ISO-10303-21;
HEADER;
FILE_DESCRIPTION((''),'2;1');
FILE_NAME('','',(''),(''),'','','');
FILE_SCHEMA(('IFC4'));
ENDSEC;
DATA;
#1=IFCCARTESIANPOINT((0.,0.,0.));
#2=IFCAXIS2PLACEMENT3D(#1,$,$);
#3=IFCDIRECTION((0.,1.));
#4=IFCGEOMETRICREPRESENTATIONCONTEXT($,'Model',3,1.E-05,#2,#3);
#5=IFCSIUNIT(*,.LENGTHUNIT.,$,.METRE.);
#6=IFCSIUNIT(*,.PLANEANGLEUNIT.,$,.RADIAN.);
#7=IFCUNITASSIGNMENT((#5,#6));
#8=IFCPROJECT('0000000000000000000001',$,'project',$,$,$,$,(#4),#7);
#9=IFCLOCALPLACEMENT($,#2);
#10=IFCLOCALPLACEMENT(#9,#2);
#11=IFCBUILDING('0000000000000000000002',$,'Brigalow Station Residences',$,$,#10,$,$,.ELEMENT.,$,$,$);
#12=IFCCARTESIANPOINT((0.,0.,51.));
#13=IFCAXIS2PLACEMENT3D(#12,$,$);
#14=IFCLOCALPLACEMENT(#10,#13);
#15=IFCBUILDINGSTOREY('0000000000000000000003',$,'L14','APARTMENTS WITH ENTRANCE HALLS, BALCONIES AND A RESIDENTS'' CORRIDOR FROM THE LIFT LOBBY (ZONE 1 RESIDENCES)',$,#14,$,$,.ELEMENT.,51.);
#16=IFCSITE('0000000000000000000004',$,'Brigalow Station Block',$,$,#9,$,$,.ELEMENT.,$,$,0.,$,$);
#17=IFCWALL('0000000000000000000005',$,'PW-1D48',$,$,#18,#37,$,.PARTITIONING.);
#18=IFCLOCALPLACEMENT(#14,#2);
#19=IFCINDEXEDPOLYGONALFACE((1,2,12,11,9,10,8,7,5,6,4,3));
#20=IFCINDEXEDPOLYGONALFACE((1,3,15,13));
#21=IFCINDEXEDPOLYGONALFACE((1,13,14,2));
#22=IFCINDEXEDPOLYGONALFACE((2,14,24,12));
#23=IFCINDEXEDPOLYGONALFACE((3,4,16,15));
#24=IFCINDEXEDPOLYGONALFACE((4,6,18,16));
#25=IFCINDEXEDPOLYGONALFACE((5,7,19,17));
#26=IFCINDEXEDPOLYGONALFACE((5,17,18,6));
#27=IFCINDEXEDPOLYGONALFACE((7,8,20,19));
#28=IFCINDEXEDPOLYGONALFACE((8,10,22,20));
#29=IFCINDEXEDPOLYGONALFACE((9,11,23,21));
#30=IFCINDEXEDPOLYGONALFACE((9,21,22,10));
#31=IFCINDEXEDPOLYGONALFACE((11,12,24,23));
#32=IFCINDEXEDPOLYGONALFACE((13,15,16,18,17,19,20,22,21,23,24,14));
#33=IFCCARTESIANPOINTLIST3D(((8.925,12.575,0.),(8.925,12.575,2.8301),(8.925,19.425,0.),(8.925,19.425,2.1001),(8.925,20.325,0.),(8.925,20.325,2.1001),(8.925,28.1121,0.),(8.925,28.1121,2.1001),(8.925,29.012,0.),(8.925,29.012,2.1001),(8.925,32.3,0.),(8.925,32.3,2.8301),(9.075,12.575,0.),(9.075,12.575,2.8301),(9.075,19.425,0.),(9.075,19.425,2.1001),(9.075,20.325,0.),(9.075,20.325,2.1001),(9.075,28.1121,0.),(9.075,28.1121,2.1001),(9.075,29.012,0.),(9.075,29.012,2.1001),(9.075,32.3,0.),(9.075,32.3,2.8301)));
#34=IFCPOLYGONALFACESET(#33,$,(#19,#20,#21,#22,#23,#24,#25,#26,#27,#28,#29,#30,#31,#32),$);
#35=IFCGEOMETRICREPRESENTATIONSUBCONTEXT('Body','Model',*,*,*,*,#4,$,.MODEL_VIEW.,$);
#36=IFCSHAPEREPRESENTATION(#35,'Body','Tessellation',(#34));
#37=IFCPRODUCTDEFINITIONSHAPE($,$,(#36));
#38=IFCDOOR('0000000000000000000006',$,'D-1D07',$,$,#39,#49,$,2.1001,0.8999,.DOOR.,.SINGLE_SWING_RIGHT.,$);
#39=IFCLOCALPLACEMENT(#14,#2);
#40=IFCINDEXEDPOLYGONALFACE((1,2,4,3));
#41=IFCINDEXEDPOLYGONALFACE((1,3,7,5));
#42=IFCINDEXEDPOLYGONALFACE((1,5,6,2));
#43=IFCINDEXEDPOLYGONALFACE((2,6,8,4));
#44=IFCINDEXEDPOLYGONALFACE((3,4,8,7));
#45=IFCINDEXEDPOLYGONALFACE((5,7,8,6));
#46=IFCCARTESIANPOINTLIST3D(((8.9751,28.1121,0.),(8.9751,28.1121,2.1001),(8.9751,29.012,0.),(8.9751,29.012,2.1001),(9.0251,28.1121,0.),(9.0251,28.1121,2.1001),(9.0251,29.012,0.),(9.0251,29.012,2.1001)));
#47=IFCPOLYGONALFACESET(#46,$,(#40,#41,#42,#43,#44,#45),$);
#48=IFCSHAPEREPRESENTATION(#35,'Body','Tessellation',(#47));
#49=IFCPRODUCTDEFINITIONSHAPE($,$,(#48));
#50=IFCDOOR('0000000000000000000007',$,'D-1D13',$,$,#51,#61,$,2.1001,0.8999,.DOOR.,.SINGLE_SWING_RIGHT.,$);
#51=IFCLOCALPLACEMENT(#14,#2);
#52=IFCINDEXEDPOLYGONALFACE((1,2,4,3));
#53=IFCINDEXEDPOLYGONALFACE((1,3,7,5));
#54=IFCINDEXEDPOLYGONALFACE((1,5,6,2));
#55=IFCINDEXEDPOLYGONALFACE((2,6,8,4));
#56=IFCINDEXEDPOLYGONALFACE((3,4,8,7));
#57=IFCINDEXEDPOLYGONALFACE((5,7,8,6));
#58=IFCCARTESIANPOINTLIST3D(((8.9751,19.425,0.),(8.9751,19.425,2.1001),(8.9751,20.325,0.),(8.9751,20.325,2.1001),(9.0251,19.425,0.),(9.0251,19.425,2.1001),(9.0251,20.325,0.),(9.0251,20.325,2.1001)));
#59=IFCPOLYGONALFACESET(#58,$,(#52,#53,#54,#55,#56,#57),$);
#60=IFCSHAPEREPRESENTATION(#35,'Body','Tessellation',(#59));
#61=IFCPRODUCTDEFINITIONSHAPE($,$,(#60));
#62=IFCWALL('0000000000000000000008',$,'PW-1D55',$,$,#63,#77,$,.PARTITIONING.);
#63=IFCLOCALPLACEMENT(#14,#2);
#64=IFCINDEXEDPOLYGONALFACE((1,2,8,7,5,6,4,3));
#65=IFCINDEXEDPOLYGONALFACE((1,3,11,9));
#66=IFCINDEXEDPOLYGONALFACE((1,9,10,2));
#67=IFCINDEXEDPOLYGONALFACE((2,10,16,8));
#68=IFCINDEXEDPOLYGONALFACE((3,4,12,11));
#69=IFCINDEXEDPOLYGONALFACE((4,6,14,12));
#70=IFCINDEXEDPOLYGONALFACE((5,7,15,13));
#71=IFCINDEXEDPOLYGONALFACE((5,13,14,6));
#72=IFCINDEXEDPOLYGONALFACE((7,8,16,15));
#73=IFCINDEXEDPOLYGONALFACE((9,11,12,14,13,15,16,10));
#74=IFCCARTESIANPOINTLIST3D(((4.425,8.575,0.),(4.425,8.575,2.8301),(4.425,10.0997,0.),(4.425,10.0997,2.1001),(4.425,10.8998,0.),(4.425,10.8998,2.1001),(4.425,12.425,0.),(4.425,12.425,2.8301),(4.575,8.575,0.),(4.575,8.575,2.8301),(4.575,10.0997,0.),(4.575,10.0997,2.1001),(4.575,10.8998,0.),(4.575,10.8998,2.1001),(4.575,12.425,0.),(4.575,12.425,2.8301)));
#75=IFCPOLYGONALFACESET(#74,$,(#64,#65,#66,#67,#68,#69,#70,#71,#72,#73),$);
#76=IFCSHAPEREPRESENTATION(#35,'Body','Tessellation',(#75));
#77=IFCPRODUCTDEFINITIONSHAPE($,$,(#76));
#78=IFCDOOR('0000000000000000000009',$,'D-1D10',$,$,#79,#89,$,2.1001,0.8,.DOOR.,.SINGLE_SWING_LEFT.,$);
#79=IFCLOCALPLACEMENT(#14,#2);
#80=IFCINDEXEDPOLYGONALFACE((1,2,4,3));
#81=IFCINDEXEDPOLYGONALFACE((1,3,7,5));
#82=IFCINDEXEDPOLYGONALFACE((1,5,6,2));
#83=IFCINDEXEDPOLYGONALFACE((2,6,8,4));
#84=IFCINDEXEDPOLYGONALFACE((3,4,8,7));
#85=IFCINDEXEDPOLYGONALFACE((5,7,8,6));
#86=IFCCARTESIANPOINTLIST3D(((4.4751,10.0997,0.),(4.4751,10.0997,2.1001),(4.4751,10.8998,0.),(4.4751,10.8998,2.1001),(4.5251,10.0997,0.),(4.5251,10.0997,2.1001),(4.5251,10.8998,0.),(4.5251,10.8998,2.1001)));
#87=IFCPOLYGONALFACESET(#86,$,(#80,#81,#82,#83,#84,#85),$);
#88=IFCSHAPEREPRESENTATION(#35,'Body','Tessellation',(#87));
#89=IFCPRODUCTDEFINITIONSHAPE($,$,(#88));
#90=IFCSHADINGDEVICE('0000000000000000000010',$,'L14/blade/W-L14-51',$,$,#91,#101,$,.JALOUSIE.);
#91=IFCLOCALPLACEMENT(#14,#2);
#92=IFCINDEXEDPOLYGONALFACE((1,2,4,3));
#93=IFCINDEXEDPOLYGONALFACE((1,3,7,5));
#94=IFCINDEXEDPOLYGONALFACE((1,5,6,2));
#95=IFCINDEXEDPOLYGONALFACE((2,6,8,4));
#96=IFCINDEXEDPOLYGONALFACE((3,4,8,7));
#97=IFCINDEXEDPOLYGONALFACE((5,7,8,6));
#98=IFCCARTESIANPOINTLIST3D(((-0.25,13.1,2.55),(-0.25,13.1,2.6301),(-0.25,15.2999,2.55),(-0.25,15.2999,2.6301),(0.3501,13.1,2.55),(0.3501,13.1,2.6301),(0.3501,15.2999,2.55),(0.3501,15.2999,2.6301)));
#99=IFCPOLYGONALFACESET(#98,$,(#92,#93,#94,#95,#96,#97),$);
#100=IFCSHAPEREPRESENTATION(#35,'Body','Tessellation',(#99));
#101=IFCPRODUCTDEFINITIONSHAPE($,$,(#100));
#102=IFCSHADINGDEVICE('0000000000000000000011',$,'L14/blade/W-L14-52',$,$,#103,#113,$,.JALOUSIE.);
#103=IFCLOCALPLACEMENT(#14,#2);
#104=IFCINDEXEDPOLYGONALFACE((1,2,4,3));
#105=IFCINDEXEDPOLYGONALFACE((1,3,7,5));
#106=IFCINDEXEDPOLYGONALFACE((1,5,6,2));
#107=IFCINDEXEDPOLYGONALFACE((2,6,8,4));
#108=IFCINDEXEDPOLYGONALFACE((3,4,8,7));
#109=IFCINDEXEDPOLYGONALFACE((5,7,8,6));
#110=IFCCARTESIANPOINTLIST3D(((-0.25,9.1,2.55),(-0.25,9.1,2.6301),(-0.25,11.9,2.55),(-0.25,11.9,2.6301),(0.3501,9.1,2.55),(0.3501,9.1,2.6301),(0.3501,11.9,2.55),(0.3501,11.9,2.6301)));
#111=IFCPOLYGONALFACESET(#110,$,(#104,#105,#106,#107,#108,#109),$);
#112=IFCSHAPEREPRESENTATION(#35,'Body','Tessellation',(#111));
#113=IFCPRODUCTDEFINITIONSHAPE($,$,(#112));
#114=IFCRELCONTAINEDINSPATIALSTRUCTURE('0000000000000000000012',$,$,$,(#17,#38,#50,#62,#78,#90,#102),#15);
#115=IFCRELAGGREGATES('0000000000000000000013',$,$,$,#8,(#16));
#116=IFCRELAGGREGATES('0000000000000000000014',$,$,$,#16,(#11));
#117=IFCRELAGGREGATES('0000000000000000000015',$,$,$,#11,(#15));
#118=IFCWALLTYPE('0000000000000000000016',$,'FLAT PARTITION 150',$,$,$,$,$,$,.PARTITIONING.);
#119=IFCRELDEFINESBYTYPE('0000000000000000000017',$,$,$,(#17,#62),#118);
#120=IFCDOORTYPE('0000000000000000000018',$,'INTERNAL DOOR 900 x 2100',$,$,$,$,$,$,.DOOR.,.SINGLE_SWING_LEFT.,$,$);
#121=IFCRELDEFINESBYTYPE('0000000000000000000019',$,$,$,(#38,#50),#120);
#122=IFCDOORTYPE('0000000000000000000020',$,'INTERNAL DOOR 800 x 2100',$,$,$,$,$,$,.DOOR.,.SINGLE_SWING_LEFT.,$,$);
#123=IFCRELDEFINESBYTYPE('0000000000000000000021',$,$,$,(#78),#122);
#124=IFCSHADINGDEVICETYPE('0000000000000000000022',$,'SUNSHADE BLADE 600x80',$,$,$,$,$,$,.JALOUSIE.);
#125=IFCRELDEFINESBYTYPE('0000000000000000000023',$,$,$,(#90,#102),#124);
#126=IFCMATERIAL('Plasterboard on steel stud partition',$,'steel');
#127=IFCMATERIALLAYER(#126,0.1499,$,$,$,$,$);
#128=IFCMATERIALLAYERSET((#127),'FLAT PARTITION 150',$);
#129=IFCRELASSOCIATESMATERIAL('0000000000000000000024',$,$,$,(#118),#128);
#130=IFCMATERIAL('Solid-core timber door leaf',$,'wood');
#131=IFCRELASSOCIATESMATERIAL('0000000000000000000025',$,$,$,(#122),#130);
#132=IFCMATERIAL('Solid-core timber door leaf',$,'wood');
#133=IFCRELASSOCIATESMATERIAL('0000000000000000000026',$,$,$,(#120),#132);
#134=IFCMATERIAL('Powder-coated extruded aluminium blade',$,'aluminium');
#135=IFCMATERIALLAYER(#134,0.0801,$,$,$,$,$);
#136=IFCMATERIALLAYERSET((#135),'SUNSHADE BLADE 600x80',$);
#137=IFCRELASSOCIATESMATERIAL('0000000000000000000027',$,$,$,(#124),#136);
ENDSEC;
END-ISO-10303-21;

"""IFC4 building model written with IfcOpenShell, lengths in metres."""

from ifc_helpers import new_model, si_unit, direction, frame, frame_2d, origin, origin_2d, place, context, subcontext, project, spatial, rectangle, extrude, material, layer, layer_set, type_object, element, fill, save


model = new_model("IFC4")

# Units and contexts
model_context = context("Model", 3, precision=1e-05, world=origin(), true_north=direction((0.0, 1.0)))
body_context = subcontext(model_context, "Body", "Model", "MODEL_VIEW")
ifc_project = project(units=[si_unit("LENGTHUNIT", "METRE"), si_unit("PLANEANGLEUNIT", "RADIAN")], contexts=[model_context])

# Site, building, storey
site_placement = place(None, origin())
site = spatial("IfcSite", under=ifc_project, at=site_placement, Name="Brigalow Station Block", CompositionType="ELEMENT", RefElevation=0.0)
building_placement = place(site_placement, origin())
building = spatial("IfcBuilding", under=site, at=building_placement, Name="Brigalow Station Residences", CompositionType="ELEMENT")
storey_placement = place(building_placement, frame((0.0, 0.0, 51.0)))
storey = spatial("IfcBuildingStorey", under=building, at=storey_placement, Name="L14", Description="APARTMENTS WITH ENTRANCE HALLS, BALCONIES AND A RESIDENTS' CORRIDOR FROM THE LIFT LOBBY (ZONE 1 RESIDENCES)", CompositionType="ELEMENT", Elevation=51.0)

# Shared definitions
ifc_material_1 = material(Name="Plasterboard on steel stud partition", Category="steel")
ifc_layer_1 = layer(ifc_material_1, 0.1499)
ifc_layer_set_1 = layer_set([ifc_layer_1], Name="FLAT PARTITION 150")
wall_type_1 = type_object("IfcWallType", Name="FLAT PARTITION 150", PredefinedType="PARTITIONING", material=ifc_layer_set_1)
ifc_material_2 = material(Name="Solid-core timber door leaf", Category="wood")
door_type_1 = type_object("IfcDoorType", Name="INTERNAL DOOR 800 x 2100", OperationType="SINGLE_SWING_LEFT", PredefinedType="DOOR", material=ifc_material_2)
ifc_material_3 = material(Name="Solid-core timber door leaf", Category="wood")
door_type_2 = type_object("IfcDoorType", Name="INTERNAL DOOR 900 x 2100", OperationType="SINGLE_SWING_LEFT", PredefinedType="DOOR", material=ifc_material_3)

# Wall, openings, doors
wall_1_placement = place(storey_placement, frame((9.0, 12.575, 0.0), z_axis=(0.0, 0.0, 1.0), x_axis=(0.0, 1.0, 0.0)))
wall_1 = element("IfcWall", 1, at=wall_1_placement, inside=storey, type_object=wall_type_1, Name="PW-1D48", PredefinedType="PARTITIONING", context=body_context, shape_type="SweptSolid", body=[
    extrude(rectangle(XDim=19.7251, YDim=0.1499, at=frame_2d((9.8625, 0.0))), origin(), (0.0, 0.0, 1.0), 2.8301),
])
opening_1_placement = place(wall_1_placement, frame((15.5371, 0.0, 0.0)))
opening_1 = element("IfcOpeningElement", 2, at=opening_1_placement, cuts=wall_1, PredefinedType="OPENING", context=body_context, shape_type="SweptSolid", body=[
    extrude(rectangle(XDim=0.8999, YDim=2.1001, at=frame_2d((0.45, 1.05))), frame((0.0, 0.085, 0.0), z_axis=(0.0, -1.0, 0.0), x_axis=(1.0, 0.0, 0.0)), (0.0, 0.0, 1.0), 0.1699),
])
opening_2_placement = place(wall_1_placement, frame((6.8501, 0.0, 0.0)))
opening_2 = element("IfcOpeningElement", 3, at=opening_2_placement, cuts=wall_1, PredefinedType="OPENING", context=body_context, shape_type="SweptSolid", body=[
    extrude(rectangle(XDim=0.8999, YDim=2.1001, at=frame_2d((0.45, 1.05))), frame((0.0, 0.085, 0.0), z_axis=(0.0, -1.0, 0.0), x_axis=(1.0, 0.0, 0.0)), (0.0, 0.0, 1.0), 0.1699),
])
door_1_placement = place(opening_1_placement, origin())
door_1 = element("IfcDoor", 4, at=door_1_placement, inside=storey, type_object=door_type_2, Name="D-1D07", OperationType="SINGLE_SWING_RIGHT", OverallHeight=2.1001, OverallWidth=0.8999, PredefinedType="DOOR", context=body_context, shape_type="SweptSolid", body=[
    extrude(rectangle(XDim=0.8999, YDim=2.1001, at=frame_2d((0.45, 1.05))), frame((0.0, 0.0249, 0.0), z_axis=(0.0, -1.0, 0.0), x_axis=(1.0, 0.0, 0.0)), (0.0, 0.0, 1.0), 0.05),
])
fill(opening_1, door_1)
door_2_placement = place(opening_2_placement, origin())
door_2 = element("IfcDoor", 5, at=door_2_placement, inside=storey, type_object=door_type_2, Name="D-1D13", OperationType="SINGLE_SWING_RIGHT", OverallHeight=2.1001, OverallWidth=0.8999, PredefinedType="DOOR", context=body_context, shape_type="SweptSolid", body=[
    extrude(rectangle(XDim=0.8999, YDim=2.1001, at=frame_2d((0.45, 1.05))), frame((0.0, 0.0249, 0.0), z_axis=(0.0, -1.0, 0.0), x_axis=(1.0, 0.0, 0.0)), (0.0, 0.0, 1.0), 0.05),
])
fill(opening_2, door_2)

# Wall, opening, door
wall_2_placement = place(storey_placement, frame((4.5, 8.575, 0.0), z_axis=(0.0, 0.0, 1.0), x_axis=(0.0, 1.0, 0.0)))
wall_2 = element("IfcWall", 6, at=wall_2_placement, inside=storey, type_object=wall_type_1, Name="PW-1D55", PredefinedType="PARTITIONING", context=body_context, shape_type="SweptSolid", body=[
    extrude(rectangle(XDim=3.8501, YDim=0.1499, at=frame_2d((1.925, 0.0))), origin(), (0.0, 0.0, 1.0), 2.8301),
])
opening_3_placement = place(wall_2_placement, frame((1.5249, 0.0, 0.0)))
opening_3 = element("IfcOpeningElement", 7, at=opening_3_placement, cuts=wall_2, PredefinedType="OPENING", context=body_context, shape_type="SweptSolid", body=[
    extrude(rectangle(XDim=0.8, YDim=2.1001, at=frame_2d((0.3999, 1.05))), frame((0.0, 0.085, 0.0), z_axis=(0.0, -1.0, 0.0), x_axis=(1.0, 0.0, 0.0)), (0.0, 0.0, 1.0), 0.1699),
])
door_3_placement = place(opening_3_placement, origin())
door_3 = element("IfcDoor", 8, at=door_3_placement, inside=storey, type_object=door_type_1, Name="D-1D10", OperationType="SINGLE_SWING_LEFT", OverallHeight=2.1001, OverallWidth=0.8, PredefinedType="DOOR", context=body_context, shape_type="SweptSolid", body=[
    extrude(rectangle(XDim=0.8, YDim=2.1001, at=frame_2d((0.3999, 1.05))), frame((0.0, 0.0249, 0.0), z_axis=(0.0, -1.0, 0.0), x_axis=(1.0, 0.0, 0.0)), (0.0, 0.0, 1.0), 0.05),
])
fill(opening_3, door_3)

# Shading devices
ifc_material_4 = material(Name="Powder-coated extruded aluminium blade", Category="aluminium")
ifc_layer_2 = layer(ifc_material_4, 0.0801)
ifc_layer_set_2 = layer_set([ifc_layer_2], Name="SUNSHADE BLADE 600x80")
shading_device_type = type_object("IfcShadingDeviceType", Name="SUNSHADE BLADE 600x80", PredefinedType="JALOUSIE", material=ifc_layer_set_2)
shading_device_1_placement = place(storey_placement, frame((0.05, 14.2, 2.55), z_axis=(0.0, 0.0, 1.0), x_axis=(0.0, -1.0, 0.0)))
element("IfcShadingDevice", 9, at=shading_device_1_placement, inside=storey, type_object=shading_device_type, Name="L14/blade/W-L14-51", PredefinedType="JALOUSIE", context=body_context, shape_type="SweptSolid", body=[
    extrude(rectangle(XDim=2.2, YDim=0.6001, at=origin_2d()), origin(), (0.0, 0.0, 1.0), 0.0801),
])
shading_device_2_placement = place(storey_placement, frame((0.05, 10.5, 2.55), z_axis=(0.0, 0.0, 1.0), x_axis=(0.0, -1.0, 0.0)))
element("IfcShadingDevice", 10, at=shading_device_2_placement, inside=storey, type_object=shading_device_type, Name="L14/blade/W-L14-52", PredefinedType="JALOUSIE", context=body_context, shape_type="SweptSolid", body=[
    extrude(rectangle(XDim=2.8, YDim=0.6001, at=origin_2d()), origin(), (0.0, 0.0, 1.0), 0.0801),
])

save(model, "model.ifc")
